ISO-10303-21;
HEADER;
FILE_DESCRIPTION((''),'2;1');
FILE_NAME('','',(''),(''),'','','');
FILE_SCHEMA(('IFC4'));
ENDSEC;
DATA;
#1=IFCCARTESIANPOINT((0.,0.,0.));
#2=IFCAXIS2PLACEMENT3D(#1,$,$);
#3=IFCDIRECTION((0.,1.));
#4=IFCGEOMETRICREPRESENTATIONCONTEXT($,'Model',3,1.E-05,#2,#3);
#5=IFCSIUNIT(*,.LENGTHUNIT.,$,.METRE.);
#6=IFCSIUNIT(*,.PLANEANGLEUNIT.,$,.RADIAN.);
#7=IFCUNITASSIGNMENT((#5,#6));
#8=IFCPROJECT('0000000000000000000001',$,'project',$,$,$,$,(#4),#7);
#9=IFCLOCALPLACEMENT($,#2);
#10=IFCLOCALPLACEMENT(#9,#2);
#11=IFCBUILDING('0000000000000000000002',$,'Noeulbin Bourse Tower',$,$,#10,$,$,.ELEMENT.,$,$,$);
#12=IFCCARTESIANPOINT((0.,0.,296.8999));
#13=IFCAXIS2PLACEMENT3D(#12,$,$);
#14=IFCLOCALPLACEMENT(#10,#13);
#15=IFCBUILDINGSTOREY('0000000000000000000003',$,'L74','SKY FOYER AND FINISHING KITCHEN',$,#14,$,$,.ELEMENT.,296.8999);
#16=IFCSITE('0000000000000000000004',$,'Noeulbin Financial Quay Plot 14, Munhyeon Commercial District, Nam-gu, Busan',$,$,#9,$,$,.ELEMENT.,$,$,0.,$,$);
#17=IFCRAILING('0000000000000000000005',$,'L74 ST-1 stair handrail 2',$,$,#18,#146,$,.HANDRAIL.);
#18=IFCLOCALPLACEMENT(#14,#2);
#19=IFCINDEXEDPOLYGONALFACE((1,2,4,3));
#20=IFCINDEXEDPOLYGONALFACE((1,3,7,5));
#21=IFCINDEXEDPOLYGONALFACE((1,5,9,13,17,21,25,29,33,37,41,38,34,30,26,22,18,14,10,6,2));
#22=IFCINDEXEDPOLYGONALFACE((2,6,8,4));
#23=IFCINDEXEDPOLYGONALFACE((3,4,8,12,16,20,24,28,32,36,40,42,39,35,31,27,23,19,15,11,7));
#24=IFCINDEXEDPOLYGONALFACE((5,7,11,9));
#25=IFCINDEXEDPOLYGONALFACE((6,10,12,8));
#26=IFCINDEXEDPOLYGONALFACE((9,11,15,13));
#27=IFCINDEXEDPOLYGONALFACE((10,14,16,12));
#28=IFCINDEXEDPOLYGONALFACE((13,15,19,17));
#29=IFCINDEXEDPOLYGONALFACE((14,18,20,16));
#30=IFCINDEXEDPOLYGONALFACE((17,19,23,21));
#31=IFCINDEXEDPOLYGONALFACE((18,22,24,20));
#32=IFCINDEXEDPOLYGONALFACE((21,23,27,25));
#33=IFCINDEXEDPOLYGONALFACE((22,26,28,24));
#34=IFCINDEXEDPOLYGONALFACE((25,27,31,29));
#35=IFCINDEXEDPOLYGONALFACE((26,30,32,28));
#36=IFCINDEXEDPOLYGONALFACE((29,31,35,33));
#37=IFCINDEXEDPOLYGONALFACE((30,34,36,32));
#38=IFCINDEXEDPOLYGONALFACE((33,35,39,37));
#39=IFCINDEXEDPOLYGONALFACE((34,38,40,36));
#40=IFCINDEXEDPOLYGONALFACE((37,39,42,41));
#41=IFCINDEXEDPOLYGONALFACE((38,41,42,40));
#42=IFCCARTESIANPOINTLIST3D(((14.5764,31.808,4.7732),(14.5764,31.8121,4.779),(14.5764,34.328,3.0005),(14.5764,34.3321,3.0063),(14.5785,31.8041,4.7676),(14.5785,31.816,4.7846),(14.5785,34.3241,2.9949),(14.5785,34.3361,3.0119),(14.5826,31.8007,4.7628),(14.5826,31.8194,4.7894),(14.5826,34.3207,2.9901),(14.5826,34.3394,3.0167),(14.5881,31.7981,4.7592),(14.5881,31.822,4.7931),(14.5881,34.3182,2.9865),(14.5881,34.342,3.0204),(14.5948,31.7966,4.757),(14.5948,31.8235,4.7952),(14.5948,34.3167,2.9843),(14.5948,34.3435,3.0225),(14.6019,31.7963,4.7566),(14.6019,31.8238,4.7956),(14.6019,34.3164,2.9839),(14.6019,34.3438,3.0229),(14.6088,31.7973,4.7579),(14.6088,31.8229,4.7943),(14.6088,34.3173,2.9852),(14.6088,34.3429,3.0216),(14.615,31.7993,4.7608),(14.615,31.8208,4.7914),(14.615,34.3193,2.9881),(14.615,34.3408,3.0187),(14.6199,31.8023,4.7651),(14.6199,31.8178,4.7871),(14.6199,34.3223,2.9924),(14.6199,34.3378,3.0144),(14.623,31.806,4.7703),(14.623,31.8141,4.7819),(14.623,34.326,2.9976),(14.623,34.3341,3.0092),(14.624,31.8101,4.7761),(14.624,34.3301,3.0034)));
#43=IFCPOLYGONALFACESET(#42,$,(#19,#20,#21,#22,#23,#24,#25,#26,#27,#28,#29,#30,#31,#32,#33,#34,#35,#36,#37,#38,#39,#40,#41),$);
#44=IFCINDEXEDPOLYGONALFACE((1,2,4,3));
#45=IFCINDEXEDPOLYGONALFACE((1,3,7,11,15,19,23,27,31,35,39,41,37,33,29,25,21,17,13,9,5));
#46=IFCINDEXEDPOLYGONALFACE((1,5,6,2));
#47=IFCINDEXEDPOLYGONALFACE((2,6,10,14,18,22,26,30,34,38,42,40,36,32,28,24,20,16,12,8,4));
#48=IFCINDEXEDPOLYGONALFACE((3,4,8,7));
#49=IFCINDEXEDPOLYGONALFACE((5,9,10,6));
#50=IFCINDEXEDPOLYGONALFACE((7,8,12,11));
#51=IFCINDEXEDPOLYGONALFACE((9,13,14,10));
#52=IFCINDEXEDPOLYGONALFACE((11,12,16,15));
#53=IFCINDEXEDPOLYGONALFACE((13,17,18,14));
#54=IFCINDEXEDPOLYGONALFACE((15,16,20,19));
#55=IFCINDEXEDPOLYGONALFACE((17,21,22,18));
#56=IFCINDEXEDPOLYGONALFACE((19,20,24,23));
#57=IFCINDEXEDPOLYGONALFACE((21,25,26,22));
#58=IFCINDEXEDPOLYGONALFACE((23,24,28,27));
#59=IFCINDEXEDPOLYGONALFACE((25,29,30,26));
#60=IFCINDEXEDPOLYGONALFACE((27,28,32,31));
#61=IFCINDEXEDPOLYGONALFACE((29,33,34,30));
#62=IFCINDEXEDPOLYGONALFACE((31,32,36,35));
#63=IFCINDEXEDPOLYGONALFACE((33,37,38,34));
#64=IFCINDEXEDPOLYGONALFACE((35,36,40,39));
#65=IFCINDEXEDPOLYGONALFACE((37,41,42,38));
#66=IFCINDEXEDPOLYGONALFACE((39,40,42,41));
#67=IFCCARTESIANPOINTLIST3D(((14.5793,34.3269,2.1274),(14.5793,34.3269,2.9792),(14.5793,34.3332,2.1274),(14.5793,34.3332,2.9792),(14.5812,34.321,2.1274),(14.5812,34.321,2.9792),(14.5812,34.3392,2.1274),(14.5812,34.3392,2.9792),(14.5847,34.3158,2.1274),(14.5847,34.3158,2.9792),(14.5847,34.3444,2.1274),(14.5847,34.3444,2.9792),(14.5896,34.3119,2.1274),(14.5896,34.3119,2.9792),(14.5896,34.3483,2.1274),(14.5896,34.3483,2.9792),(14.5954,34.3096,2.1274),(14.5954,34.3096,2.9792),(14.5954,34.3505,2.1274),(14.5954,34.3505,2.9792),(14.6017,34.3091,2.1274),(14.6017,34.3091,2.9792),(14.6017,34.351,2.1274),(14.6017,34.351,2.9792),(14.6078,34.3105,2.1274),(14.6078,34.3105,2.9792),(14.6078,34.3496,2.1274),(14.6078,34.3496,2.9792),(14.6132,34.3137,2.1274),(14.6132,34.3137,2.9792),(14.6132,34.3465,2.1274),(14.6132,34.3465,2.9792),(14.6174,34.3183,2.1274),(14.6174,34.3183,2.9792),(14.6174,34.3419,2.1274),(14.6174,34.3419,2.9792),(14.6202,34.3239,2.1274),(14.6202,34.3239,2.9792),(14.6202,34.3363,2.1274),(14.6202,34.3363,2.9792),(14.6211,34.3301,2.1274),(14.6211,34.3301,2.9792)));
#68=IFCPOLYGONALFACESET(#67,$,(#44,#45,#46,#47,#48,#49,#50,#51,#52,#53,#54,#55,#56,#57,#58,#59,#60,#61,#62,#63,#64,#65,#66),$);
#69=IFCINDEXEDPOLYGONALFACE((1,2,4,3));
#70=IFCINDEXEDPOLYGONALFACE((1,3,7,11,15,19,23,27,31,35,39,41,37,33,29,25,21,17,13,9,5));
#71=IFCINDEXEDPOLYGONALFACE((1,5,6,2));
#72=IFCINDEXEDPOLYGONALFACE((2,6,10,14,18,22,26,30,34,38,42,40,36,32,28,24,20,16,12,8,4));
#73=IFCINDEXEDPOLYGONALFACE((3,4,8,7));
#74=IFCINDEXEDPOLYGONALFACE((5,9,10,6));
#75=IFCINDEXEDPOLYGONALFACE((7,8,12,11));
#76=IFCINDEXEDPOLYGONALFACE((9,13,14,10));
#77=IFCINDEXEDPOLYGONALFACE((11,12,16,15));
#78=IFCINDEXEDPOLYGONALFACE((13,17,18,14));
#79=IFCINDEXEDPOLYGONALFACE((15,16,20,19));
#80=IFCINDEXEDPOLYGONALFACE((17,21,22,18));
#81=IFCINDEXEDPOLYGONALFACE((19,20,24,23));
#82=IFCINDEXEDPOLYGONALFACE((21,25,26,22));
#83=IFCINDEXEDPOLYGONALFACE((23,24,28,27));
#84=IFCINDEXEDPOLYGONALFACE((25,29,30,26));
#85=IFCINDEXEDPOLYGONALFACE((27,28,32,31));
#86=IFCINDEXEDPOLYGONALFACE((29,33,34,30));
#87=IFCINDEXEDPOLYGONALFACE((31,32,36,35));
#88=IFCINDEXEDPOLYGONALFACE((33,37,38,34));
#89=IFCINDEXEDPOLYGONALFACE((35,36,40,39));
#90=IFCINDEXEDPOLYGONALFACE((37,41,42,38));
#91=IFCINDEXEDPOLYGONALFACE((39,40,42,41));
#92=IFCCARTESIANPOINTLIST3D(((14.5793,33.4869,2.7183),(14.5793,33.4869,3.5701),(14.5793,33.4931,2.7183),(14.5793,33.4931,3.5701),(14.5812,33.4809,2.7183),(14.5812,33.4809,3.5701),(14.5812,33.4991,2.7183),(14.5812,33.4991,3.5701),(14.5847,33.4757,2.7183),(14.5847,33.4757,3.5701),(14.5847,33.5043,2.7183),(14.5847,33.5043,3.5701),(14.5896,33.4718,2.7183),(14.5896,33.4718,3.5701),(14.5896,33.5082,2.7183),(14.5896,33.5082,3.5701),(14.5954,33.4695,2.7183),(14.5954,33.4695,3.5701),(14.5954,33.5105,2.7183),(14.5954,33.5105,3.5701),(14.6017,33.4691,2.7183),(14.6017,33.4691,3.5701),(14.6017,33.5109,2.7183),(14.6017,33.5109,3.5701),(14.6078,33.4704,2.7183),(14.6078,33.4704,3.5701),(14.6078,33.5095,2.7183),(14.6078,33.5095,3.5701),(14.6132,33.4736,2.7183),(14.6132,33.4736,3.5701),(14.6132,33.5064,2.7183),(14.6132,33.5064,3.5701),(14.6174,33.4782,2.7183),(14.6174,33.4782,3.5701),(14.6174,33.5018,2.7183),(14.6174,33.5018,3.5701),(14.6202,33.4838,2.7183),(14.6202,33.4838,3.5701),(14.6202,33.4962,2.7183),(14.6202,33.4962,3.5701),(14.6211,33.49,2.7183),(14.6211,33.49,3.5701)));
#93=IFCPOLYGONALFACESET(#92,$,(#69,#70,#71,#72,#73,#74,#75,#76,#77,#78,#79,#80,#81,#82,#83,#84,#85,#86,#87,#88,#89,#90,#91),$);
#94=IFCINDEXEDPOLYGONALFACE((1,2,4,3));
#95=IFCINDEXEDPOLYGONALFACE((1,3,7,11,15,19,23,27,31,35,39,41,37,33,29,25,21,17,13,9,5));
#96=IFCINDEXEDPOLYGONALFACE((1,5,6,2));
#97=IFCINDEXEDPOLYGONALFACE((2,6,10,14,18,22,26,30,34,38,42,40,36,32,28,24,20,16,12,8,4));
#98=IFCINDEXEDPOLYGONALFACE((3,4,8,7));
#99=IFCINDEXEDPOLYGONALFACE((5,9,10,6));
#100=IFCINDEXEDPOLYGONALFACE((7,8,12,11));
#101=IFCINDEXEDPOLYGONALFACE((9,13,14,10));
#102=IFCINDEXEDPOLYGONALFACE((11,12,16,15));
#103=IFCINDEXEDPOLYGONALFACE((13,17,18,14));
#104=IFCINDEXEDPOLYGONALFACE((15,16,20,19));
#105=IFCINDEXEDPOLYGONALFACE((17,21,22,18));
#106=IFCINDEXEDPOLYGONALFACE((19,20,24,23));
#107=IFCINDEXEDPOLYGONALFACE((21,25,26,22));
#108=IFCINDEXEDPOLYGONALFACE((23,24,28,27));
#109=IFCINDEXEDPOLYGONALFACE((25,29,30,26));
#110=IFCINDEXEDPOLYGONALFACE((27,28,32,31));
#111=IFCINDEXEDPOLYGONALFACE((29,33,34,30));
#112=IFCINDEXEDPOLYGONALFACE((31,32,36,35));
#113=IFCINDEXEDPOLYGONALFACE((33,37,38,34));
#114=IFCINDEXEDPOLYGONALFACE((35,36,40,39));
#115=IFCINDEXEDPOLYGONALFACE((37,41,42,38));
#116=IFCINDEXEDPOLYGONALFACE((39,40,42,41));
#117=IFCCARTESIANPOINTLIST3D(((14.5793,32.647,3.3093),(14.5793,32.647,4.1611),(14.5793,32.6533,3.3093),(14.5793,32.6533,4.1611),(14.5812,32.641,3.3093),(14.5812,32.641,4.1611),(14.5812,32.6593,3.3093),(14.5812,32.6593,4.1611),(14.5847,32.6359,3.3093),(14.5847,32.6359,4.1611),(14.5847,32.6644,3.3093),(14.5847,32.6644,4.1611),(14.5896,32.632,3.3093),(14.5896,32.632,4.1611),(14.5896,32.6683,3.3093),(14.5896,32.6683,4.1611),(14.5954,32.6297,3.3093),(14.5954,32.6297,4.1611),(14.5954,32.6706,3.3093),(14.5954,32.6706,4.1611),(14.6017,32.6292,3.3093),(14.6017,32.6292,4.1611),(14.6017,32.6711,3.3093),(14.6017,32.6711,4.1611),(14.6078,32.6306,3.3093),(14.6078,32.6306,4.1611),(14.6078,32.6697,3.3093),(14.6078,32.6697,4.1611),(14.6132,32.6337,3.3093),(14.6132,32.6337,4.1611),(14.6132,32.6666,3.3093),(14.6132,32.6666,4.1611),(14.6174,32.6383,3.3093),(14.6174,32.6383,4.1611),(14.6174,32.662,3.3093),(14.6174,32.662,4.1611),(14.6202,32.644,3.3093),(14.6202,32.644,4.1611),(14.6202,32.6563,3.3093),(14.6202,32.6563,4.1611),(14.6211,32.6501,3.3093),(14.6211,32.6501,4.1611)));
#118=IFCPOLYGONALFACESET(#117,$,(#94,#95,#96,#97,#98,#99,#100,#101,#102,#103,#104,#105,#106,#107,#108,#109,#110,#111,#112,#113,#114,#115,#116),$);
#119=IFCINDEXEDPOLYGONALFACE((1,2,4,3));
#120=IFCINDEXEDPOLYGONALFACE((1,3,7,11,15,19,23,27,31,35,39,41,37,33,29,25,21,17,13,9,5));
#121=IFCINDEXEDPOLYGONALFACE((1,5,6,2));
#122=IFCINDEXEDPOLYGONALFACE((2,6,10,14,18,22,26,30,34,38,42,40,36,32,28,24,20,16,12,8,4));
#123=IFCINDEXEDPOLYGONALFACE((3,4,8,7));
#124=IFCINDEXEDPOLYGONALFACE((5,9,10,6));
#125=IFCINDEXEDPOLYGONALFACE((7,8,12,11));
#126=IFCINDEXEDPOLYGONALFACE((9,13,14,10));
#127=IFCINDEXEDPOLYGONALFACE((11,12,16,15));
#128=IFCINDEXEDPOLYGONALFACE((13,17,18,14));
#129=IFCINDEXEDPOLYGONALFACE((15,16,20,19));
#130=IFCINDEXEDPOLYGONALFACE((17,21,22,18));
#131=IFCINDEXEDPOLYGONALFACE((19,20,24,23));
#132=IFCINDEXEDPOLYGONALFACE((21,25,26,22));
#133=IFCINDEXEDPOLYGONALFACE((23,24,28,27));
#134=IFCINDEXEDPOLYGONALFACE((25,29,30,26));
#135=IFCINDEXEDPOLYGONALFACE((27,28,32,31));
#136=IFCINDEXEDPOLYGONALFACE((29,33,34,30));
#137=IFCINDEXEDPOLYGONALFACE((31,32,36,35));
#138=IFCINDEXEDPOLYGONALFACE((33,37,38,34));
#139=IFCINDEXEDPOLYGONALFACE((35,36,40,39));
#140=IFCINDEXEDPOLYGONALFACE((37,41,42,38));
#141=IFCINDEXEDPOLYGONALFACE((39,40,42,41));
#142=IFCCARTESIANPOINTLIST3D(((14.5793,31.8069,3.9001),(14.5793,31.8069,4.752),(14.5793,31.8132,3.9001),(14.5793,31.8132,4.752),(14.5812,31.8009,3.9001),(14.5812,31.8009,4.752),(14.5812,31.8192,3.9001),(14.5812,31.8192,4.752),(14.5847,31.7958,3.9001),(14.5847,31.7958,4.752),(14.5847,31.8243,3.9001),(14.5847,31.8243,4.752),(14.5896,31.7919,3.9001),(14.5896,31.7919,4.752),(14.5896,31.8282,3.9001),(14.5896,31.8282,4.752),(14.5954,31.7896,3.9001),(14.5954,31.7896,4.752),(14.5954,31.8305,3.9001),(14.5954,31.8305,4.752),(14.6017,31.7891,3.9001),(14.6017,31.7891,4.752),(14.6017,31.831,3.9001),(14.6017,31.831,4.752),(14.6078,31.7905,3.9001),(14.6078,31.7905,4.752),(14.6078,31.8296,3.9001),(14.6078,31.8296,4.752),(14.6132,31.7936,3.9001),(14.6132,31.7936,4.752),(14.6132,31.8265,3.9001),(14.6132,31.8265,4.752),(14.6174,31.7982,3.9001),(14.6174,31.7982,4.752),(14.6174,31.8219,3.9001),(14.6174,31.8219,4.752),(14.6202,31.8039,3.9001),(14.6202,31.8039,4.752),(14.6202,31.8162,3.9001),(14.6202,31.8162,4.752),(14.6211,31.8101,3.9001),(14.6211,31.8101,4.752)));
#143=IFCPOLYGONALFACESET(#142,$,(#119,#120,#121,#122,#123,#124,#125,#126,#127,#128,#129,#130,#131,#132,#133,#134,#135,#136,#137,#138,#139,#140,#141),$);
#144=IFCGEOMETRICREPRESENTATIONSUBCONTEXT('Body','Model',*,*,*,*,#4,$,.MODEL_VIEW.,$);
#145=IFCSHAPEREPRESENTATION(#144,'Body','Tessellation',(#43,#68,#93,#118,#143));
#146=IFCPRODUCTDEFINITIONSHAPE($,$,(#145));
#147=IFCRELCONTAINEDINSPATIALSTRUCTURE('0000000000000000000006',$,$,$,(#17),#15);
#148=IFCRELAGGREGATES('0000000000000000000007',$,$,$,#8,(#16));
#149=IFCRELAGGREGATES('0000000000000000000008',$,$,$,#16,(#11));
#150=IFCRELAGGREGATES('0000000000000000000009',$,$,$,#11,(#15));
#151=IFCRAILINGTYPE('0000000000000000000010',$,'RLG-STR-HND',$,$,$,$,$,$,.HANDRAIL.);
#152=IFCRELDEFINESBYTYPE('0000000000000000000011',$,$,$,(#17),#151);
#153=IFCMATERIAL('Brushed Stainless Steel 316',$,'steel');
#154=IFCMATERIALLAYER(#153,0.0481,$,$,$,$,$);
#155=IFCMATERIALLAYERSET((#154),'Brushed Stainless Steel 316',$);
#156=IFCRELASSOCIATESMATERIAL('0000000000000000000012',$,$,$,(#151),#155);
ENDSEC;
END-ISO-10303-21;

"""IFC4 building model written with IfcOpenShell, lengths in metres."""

from ifc_helpers import new_model, si_unit, direction, frame, origin, origin_2d, place, context, subcontext, project, spatial, circle, extrude, material, layer, layer_set, type_object, element, save


model = new_model("IFC4")

# Units and contexts
model_context = context("Model", 3, precision=1e-05, world=origin(), true_north=direction((0.0, 1.0)))
body_context = subcontext(model_context, "Body", "Model", "MODEL_VIEW")
ifc_project = project(units=[si_unit("LENGTHUNIT", "METRE"), si_unit("PLANEANGLEUNIT", "RADIAN")], contexts=[model_context])

# Site, building, storey
site_placement = place(None, origin())
site = spatial("IfcSite", under=ifc_project, at=site_placement, Name="Noeulbin Financial Quay Plot 14, Munhyeon Commercial District, Nam-gu, Busan", CompositionType="ELEMENT", RefElevation=0.0)
building_placement = place(site_placement, origin())
building = spatial("IfcBuilding", under=site, at=building_placement, Name="Noeulbin Bourse Tower", CompositionType="ELEMENT")
storey_placement = place(building_placement, frame((0.0, 0.0, 296.8999)))
storey = spatial("IfcBuildingStorey", under=building, at=storey_placement, Name="L74", Description="SKY FOYER AND FINISHING KITCHEN", CompositionType="ELEMENT", Elevation=296.8999)

# Shared definitions
ifc_material_1 = material(Name="Brushed Stainless Steel 316", Category="steel")

# Railing
ifc_layer_1 = layer(ifc_material_1, 0.0481)
ifc_layer_set_1 = layer_set([ifc_layer_1], Name="Brushed Stainless Steel 316")
railing_type_1 = type_object("IfcRailingType", Name="RLG-STR-HND", PredefinedType="HANDRAIL", material=ifc_layer_set_1)
railing_1_placement = place(storey_placement, frame((14.6001, 34.3301, 2.1274)))
element("IfcRailing", 1, at=railing_1_placement, inside=storey, type_object=railing_type_1, Name="L74 ST-1 stair handrail 2", PredefinedType="HANDRAIL", context=body_context, shape_type="SweptSolid", body=[
    extrude(circle(Radius=0.0239, at=origin_2d()), frame((0.0, 0.0, 0.876), z_axis=(0.0, -0.817904, 0.575354), x_axis=(1.0, 0.0, 0.0)), (0.0, 0.0, 1.0), 3.0811),
    extrude(circle(Radius=0.021, at=origin_2d()), origin(), (0.0, 0.0, 1.0), 0.8518),
    extrude(circle(Radius=0.021, at=origin_2d()), frame((0.0, -0.8401, 0.5908)), (0.0, 0.0, 1.0), 0.8518),
    extrude(circle(Radius=0.021, at=origin_2d()), frame((0.0, -1.6799, 1.1819)), (0.0, 0.0, 1.0), 0.8518),
    extrude(circle(Radius=0.021, at=origin_2d()), frame((0.0, -2.52, 1.7727)), (0.0, 0.0, 1.0), 0.8518),
])

save(model, "model.ifc")
